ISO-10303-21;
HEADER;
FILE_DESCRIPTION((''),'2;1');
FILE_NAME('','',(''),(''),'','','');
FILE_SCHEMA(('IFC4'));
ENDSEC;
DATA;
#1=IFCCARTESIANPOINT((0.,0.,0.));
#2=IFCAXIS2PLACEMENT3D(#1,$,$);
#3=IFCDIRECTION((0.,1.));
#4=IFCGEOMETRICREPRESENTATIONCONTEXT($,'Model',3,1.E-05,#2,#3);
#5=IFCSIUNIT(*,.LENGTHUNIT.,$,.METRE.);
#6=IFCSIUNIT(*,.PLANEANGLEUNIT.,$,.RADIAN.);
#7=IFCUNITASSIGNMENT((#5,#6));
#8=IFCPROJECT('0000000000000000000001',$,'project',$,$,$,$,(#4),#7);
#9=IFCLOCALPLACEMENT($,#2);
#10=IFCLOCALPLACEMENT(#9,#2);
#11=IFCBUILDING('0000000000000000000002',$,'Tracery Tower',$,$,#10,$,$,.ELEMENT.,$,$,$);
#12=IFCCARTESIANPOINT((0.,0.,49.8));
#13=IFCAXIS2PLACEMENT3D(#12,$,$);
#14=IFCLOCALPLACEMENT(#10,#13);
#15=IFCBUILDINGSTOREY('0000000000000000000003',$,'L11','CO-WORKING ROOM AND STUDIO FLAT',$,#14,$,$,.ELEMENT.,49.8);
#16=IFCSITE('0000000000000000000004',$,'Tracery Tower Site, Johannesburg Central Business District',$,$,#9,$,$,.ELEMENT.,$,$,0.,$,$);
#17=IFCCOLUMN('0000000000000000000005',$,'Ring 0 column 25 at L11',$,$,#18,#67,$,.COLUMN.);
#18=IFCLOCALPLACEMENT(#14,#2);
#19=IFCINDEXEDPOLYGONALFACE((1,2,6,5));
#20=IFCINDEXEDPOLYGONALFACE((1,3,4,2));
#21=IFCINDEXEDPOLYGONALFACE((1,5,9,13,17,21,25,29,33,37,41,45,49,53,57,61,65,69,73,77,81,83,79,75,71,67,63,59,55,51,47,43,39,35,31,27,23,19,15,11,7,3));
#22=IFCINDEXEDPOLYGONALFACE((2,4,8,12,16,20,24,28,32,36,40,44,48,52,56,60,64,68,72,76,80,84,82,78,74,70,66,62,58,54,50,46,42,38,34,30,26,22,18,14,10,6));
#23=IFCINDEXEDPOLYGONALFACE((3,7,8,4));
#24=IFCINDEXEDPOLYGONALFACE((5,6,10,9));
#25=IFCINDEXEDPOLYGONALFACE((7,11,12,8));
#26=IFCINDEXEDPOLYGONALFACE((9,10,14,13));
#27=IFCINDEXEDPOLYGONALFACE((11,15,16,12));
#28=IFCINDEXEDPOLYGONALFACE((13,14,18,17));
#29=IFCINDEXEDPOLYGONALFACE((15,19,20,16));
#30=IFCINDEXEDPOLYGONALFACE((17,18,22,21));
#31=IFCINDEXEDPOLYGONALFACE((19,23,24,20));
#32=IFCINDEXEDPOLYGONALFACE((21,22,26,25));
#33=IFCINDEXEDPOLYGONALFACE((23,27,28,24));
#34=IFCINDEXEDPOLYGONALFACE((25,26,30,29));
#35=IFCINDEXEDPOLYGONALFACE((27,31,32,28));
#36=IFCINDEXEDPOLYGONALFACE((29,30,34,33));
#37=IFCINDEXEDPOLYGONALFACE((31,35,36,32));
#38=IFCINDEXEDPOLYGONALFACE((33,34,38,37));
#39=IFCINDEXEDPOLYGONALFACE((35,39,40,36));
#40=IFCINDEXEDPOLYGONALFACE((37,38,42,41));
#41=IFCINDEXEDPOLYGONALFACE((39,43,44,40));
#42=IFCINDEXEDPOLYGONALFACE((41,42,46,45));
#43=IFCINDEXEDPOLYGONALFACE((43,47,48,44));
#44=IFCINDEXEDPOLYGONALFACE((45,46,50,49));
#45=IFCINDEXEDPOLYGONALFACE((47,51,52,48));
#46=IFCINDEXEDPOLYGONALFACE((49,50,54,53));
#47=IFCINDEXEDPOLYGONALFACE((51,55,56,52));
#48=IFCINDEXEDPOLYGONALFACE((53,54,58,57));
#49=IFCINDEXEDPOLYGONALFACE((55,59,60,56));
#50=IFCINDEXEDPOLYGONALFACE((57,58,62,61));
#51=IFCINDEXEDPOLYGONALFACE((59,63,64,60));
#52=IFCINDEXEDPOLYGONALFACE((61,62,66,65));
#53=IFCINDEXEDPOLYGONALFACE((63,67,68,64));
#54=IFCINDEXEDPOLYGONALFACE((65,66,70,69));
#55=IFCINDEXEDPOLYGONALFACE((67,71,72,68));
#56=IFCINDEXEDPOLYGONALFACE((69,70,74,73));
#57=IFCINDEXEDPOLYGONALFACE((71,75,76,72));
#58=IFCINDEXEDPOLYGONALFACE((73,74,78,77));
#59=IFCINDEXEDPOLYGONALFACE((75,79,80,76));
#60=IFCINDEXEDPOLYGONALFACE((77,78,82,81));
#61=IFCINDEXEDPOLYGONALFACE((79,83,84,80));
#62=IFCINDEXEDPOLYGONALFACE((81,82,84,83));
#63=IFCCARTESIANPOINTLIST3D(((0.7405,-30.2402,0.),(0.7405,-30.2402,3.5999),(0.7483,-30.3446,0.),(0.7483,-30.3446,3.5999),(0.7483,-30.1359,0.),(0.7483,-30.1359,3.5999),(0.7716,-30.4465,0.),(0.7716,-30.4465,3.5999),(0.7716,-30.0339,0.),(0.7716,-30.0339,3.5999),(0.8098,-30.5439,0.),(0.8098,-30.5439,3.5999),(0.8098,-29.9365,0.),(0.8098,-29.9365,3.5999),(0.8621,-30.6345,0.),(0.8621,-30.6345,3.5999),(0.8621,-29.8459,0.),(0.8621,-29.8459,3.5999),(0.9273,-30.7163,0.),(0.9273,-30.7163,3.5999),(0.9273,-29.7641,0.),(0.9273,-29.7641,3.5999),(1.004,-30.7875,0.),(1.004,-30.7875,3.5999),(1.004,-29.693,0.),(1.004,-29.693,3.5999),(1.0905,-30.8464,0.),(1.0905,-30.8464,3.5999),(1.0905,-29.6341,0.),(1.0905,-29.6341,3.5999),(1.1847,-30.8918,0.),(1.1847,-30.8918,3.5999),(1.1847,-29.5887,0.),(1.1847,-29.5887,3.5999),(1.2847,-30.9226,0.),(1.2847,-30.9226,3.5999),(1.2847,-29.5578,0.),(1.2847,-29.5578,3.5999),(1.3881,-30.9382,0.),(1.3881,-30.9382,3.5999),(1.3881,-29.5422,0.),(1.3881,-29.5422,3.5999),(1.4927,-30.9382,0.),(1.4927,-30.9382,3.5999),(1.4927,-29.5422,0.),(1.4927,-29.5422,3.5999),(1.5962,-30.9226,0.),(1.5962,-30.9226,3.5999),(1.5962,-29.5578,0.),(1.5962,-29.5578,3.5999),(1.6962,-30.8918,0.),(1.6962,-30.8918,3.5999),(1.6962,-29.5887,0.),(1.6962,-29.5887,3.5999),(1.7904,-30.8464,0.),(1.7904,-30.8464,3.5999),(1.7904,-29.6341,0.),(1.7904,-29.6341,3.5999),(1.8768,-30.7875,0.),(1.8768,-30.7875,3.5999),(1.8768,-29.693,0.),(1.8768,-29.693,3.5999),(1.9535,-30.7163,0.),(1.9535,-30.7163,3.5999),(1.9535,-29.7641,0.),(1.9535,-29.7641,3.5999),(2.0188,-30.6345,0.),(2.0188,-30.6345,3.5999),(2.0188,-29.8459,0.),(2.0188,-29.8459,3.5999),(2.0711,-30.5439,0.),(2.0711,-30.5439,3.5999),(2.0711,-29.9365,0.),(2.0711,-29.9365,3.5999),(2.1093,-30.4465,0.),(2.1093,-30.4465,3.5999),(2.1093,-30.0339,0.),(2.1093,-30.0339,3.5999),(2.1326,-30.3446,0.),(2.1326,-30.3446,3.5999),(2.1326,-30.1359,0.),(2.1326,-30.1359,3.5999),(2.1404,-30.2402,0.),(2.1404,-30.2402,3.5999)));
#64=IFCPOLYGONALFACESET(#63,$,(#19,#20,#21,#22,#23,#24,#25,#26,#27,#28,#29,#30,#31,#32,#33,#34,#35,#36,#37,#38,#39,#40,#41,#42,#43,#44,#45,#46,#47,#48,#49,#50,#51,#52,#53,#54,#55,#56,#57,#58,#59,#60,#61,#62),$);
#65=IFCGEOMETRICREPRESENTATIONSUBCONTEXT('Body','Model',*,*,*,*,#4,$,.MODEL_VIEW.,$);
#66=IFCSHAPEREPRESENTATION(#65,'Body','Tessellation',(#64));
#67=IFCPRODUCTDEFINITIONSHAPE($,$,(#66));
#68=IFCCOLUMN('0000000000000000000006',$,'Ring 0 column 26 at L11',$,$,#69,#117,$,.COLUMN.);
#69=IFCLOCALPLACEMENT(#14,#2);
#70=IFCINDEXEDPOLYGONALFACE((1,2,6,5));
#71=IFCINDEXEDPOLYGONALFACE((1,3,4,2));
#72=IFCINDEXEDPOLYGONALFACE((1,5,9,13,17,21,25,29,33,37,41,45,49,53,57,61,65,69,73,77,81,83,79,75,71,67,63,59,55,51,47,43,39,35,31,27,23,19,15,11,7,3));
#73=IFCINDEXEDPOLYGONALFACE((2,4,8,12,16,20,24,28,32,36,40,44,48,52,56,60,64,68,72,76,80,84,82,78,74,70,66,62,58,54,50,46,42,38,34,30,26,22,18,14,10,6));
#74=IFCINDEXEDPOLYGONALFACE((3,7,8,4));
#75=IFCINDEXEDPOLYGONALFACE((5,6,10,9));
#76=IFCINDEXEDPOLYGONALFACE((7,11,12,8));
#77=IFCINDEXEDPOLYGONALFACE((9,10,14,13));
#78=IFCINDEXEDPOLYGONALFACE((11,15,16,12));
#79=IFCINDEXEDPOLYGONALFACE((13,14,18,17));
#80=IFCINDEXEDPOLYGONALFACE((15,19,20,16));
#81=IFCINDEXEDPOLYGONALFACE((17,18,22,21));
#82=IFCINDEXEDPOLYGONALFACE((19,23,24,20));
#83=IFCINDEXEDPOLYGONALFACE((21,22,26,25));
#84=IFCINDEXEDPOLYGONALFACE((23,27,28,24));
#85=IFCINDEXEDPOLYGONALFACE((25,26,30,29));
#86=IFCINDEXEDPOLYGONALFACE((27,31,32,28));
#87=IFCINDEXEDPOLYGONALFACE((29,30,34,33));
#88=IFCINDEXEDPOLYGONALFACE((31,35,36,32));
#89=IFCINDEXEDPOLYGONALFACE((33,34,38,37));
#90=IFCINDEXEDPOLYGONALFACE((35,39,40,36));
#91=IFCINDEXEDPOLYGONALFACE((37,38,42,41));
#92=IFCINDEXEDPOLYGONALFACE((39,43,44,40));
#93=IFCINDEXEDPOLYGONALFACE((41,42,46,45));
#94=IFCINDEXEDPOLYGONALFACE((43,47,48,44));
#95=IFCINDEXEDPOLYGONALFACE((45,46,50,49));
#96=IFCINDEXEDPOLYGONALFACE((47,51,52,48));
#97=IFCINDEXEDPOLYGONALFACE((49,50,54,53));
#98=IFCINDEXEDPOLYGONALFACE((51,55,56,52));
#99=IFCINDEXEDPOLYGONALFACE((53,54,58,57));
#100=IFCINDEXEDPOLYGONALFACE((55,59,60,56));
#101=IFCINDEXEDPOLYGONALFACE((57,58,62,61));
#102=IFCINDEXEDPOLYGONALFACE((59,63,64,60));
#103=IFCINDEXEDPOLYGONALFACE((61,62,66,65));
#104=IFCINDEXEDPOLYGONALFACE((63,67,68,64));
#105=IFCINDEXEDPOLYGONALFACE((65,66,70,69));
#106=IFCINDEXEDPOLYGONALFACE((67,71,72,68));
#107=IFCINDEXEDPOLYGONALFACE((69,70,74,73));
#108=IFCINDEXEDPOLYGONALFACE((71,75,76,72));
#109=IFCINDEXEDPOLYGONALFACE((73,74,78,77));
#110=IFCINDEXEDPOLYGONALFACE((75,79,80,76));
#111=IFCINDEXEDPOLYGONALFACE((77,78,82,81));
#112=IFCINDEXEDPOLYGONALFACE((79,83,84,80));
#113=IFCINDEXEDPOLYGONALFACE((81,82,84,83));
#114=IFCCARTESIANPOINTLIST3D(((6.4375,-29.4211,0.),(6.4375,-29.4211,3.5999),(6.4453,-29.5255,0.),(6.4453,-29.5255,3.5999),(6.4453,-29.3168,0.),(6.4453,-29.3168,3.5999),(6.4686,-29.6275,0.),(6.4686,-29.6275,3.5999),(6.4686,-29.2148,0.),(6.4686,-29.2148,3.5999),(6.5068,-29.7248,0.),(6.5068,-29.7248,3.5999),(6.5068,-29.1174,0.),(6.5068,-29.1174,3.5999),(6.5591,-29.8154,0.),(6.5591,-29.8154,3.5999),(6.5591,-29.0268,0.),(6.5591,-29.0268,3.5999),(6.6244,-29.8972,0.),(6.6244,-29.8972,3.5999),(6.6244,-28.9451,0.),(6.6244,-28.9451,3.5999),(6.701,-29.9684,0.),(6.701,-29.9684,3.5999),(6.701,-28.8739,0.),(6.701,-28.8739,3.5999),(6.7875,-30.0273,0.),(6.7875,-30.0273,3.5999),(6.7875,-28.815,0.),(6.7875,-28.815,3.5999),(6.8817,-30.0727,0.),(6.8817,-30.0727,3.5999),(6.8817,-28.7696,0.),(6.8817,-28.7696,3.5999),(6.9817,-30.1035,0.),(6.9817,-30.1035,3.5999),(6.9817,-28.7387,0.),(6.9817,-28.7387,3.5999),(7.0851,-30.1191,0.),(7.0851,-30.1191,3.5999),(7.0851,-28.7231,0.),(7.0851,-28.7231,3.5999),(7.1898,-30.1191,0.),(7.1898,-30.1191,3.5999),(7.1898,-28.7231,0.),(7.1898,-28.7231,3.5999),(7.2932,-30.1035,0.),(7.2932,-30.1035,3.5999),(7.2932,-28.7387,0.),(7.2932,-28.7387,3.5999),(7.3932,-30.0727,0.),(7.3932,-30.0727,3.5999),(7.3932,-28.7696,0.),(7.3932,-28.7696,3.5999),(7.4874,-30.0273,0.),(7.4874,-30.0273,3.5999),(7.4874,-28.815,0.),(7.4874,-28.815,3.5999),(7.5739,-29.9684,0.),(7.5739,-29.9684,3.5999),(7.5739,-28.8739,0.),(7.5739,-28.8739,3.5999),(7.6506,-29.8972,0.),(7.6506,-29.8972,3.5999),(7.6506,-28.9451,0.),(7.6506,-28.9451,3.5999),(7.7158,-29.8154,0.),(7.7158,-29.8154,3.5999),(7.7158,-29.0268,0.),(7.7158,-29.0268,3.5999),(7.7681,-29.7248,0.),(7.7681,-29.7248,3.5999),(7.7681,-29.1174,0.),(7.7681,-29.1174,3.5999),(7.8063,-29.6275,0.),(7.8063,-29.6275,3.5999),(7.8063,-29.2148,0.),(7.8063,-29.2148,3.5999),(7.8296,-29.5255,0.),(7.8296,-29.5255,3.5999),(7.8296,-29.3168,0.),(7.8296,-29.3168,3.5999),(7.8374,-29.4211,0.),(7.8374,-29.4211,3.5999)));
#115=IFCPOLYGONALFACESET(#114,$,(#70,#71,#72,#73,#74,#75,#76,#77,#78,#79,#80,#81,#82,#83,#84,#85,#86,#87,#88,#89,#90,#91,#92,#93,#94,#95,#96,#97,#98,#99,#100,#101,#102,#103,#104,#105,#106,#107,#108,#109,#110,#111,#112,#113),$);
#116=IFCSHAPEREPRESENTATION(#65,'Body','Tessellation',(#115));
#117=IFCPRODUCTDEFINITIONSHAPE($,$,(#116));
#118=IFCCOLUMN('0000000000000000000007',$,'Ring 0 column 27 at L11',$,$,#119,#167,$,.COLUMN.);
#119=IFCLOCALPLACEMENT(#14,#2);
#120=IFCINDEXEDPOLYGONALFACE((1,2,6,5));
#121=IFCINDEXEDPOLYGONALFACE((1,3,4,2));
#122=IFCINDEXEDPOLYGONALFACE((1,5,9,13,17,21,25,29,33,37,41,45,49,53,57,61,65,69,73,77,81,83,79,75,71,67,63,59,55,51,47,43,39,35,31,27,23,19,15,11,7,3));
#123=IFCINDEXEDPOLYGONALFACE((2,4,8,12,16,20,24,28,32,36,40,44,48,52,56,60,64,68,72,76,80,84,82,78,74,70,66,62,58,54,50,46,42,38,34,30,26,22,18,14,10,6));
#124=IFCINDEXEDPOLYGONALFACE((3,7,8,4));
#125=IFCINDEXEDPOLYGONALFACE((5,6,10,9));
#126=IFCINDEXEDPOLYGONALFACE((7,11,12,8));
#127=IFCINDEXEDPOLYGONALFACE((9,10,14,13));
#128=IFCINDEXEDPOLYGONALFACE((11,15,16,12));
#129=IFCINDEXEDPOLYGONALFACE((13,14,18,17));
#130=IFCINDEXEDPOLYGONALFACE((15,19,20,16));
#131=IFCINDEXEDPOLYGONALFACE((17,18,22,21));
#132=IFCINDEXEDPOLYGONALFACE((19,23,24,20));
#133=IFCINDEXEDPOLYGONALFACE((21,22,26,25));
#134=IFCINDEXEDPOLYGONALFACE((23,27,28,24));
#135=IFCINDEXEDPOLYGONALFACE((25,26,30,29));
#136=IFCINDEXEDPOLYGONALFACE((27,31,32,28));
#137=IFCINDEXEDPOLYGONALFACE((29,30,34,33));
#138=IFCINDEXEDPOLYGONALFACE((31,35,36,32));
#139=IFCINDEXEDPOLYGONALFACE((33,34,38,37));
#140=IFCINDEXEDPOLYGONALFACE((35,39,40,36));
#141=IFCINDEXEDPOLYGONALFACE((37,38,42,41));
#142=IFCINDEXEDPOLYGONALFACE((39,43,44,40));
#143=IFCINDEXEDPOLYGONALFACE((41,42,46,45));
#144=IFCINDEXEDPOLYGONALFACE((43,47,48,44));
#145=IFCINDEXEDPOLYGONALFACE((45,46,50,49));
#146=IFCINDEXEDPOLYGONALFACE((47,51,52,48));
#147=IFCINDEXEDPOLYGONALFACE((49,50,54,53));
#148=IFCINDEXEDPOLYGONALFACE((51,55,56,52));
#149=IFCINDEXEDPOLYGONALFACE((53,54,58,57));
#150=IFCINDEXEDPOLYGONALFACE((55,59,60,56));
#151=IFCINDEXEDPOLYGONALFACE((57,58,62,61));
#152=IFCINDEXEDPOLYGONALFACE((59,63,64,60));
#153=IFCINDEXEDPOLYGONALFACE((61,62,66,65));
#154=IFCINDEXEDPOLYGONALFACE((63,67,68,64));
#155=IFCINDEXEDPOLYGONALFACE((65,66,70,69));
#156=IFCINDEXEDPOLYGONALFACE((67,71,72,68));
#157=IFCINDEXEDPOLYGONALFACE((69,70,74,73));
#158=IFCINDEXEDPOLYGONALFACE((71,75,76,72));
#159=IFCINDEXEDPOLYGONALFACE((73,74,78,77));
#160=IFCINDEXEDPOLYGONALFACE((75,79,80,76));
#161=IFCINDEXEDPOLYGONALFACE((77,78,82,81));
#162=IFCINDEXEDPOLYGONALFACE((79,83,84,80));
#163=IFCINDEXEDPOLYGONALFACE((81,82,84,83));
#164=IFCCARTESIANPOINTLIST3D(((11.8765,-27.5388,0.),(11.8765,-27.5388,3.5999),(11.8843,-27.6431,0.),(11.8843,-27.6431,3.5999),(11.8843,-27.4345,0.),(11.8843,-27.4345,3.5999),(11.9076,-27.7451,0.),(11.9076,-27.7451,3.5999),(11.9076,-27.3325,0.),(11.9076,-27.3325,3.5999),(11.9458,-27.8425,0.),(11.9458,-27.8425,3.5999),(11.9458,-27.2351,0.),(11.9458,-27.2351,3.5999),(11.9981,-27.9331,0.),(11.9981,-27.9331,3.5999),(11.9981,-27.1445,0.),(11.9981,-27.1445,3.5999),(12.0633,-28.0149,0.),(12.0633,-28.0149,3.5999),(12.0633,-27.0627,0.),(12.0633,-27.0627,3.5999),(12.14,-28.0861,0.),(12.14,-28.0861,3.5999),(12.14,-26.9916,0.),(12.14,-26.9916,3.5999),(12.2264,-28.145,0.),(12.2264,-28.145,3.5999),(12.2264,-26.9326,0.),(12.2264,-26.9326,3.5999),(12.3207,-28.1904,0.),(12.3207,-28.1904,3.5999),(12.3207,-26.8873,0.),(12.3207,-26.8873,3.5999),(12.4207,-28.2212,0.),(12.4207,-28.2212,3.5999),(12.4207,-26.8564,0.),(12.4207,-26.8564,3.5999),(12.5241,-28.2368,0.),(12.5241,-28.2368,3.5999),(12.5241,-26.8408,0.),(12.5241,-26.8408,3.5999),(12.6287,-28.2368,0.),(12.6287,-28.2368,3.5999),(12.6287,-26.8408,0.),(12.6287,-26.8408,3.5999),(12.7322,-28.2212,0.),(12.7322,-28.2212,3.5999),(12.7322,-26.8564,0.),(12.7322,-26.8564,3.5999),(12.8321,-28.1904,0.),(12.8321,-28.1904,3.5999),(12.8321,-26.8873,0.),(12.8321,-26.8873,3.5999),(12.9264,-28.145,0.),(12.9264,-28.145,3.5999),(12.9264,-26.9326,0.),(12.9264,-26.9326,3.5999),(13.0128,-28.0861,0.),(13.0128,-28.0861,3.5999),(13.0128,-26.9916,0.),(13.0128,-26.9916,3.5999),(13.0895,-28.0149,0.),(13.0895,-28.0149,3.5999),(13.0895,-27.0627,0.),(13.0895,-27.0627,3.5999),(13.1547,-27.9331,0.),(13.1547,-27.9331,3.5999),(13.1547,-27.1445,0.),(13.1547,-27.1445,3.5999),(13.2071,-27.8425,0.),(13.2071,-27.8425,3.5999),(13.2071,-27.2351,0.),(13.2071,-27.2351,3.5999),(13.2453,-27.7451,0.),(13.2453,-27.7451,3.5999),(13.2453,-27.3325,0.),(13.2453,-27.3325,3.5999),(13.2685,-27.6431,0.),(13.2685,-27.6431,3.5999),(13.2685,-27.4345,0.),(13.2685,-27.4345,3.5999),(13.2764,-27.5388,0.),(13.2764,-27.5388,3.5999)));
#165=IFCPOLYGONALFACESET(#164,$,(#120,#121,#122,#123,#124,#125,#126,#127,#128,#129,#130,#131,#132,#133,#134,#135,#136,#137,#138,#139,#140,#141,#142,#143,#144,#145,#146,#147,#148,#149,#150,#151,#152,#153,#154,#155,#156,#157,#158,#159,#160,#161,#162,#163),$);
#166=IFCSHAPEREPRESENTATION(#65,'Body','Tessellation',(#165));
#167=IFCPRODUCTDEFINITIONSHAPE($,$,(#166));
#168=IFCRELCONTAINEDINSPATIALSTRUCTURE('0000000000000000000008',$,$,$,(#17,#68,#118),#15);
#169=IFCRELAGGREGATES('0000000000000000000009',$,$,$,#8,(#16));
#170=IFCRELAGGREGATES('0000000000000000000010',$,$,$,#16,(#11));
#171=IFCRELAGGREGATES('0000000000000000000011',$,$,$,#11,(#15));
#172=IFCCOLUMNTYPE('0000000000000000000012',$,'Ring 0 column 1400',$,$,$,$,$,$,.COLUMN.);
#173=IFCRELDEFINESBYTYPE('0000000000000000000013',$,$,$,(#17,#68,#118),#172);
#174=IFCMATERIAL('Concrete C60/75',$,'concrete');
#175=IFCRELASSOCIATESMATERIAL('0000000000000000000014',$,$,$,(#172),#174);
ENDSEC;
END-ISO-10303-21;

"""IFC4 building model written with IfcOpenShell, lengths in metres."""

from ifc_helpers import new_model, si_unit, direction, frame, origin, origin_2d, place, context, subcontext, project, spatial, circle, extrude, material, material_profile, profile_set, type_object, element, save


model = new_model("IFC4")

# Units and contexts
model_context = context("Model", 3, precision=1e-05, world=origin(), true_north=direction((0.0, 1.0)))
body_context = subcontext(model_context, "Body", "Model", "MODEL_VIEW")
ifc_project = project(units=[si_unit("LENGTHUNIT", "METRE"), si_unit("PLANEANGLEUNIT", "RADIAN")], contexts=[model_context])

# Site, building, storey
site_placement = place(None, origin())
site = spatial("IfcSite", under=ifc_project, at=site_placement, Name="Tracery Tower Site, Johannesburg Central Business District", CompositionType="ELEMENT", RefElevation=0.0)
building_placement = place(site_placement, origin())
building = spatial("IfcBuilding", under=site, at=building_placement, Name="Tracery Tower", CompositionType="ELEMENT")
storey_placement = place(building_placement, frame((0.0, 0.0, 49.8)))
storey = spatial("IfcBuildingStorey", under=building, at=storey_placement, Name="L11", Description="CO-WORKING ROOM AND STUDIO FLAT", CompositionType="ELEMENT", Elevation=49.8)

# Columns
ifc_material_1 = material(Name="Concrete C60/75", Category="concrete")
ifc_material_profile_1 = material_profile(ifc_material_1, circle(Radius=0.7, at=origin_2d()), Name="RC D1400")
ifc_profile_set_1 = profile_set([ifc_material_profile_1], Name="Concrete C60/75")
column_type_1 = type_object("IfcColumnType", Name="Ring 0 column 1400", PredefinedType="COLUMN", material=ifc_profile_set_1)
for number, where, z_axis, x_axis, name in (
    (1, (1.4404, -30.2402, 0.0), (0.0, 0.0, 1.0), (1.0, 0.0, 0.0), "Ring 0 column 25 at L11"),
    (2, (7.1375, -29.4211, 0.0), (0.0, 0.0, 1.0), (1.0, 0.0, 0.0), "Ring 0 column 26 at L11"),
    (3, (12.5764, -27.5388, 0.0), (0.0, 0.0, 1.0), (1.0, 0.0, 0.0), "Ring 0 column 27 at L11"),
):
    element("IfcColumn", number, at=place(storey_placement, frame(where, z_axis=z_axis, x_axis=x_axis)), inside=storey, type_object=column_type_1, Name=name, PredefinedType="COLUMN", context=body_context, shape_type="SweptSolid", body=[
        extrude(circle(Radius=0.7, at=origin_2d()), origin(), (0.0, 0.0, 1.0), 3.5999),
    ])

save(model, "model.ifc")
